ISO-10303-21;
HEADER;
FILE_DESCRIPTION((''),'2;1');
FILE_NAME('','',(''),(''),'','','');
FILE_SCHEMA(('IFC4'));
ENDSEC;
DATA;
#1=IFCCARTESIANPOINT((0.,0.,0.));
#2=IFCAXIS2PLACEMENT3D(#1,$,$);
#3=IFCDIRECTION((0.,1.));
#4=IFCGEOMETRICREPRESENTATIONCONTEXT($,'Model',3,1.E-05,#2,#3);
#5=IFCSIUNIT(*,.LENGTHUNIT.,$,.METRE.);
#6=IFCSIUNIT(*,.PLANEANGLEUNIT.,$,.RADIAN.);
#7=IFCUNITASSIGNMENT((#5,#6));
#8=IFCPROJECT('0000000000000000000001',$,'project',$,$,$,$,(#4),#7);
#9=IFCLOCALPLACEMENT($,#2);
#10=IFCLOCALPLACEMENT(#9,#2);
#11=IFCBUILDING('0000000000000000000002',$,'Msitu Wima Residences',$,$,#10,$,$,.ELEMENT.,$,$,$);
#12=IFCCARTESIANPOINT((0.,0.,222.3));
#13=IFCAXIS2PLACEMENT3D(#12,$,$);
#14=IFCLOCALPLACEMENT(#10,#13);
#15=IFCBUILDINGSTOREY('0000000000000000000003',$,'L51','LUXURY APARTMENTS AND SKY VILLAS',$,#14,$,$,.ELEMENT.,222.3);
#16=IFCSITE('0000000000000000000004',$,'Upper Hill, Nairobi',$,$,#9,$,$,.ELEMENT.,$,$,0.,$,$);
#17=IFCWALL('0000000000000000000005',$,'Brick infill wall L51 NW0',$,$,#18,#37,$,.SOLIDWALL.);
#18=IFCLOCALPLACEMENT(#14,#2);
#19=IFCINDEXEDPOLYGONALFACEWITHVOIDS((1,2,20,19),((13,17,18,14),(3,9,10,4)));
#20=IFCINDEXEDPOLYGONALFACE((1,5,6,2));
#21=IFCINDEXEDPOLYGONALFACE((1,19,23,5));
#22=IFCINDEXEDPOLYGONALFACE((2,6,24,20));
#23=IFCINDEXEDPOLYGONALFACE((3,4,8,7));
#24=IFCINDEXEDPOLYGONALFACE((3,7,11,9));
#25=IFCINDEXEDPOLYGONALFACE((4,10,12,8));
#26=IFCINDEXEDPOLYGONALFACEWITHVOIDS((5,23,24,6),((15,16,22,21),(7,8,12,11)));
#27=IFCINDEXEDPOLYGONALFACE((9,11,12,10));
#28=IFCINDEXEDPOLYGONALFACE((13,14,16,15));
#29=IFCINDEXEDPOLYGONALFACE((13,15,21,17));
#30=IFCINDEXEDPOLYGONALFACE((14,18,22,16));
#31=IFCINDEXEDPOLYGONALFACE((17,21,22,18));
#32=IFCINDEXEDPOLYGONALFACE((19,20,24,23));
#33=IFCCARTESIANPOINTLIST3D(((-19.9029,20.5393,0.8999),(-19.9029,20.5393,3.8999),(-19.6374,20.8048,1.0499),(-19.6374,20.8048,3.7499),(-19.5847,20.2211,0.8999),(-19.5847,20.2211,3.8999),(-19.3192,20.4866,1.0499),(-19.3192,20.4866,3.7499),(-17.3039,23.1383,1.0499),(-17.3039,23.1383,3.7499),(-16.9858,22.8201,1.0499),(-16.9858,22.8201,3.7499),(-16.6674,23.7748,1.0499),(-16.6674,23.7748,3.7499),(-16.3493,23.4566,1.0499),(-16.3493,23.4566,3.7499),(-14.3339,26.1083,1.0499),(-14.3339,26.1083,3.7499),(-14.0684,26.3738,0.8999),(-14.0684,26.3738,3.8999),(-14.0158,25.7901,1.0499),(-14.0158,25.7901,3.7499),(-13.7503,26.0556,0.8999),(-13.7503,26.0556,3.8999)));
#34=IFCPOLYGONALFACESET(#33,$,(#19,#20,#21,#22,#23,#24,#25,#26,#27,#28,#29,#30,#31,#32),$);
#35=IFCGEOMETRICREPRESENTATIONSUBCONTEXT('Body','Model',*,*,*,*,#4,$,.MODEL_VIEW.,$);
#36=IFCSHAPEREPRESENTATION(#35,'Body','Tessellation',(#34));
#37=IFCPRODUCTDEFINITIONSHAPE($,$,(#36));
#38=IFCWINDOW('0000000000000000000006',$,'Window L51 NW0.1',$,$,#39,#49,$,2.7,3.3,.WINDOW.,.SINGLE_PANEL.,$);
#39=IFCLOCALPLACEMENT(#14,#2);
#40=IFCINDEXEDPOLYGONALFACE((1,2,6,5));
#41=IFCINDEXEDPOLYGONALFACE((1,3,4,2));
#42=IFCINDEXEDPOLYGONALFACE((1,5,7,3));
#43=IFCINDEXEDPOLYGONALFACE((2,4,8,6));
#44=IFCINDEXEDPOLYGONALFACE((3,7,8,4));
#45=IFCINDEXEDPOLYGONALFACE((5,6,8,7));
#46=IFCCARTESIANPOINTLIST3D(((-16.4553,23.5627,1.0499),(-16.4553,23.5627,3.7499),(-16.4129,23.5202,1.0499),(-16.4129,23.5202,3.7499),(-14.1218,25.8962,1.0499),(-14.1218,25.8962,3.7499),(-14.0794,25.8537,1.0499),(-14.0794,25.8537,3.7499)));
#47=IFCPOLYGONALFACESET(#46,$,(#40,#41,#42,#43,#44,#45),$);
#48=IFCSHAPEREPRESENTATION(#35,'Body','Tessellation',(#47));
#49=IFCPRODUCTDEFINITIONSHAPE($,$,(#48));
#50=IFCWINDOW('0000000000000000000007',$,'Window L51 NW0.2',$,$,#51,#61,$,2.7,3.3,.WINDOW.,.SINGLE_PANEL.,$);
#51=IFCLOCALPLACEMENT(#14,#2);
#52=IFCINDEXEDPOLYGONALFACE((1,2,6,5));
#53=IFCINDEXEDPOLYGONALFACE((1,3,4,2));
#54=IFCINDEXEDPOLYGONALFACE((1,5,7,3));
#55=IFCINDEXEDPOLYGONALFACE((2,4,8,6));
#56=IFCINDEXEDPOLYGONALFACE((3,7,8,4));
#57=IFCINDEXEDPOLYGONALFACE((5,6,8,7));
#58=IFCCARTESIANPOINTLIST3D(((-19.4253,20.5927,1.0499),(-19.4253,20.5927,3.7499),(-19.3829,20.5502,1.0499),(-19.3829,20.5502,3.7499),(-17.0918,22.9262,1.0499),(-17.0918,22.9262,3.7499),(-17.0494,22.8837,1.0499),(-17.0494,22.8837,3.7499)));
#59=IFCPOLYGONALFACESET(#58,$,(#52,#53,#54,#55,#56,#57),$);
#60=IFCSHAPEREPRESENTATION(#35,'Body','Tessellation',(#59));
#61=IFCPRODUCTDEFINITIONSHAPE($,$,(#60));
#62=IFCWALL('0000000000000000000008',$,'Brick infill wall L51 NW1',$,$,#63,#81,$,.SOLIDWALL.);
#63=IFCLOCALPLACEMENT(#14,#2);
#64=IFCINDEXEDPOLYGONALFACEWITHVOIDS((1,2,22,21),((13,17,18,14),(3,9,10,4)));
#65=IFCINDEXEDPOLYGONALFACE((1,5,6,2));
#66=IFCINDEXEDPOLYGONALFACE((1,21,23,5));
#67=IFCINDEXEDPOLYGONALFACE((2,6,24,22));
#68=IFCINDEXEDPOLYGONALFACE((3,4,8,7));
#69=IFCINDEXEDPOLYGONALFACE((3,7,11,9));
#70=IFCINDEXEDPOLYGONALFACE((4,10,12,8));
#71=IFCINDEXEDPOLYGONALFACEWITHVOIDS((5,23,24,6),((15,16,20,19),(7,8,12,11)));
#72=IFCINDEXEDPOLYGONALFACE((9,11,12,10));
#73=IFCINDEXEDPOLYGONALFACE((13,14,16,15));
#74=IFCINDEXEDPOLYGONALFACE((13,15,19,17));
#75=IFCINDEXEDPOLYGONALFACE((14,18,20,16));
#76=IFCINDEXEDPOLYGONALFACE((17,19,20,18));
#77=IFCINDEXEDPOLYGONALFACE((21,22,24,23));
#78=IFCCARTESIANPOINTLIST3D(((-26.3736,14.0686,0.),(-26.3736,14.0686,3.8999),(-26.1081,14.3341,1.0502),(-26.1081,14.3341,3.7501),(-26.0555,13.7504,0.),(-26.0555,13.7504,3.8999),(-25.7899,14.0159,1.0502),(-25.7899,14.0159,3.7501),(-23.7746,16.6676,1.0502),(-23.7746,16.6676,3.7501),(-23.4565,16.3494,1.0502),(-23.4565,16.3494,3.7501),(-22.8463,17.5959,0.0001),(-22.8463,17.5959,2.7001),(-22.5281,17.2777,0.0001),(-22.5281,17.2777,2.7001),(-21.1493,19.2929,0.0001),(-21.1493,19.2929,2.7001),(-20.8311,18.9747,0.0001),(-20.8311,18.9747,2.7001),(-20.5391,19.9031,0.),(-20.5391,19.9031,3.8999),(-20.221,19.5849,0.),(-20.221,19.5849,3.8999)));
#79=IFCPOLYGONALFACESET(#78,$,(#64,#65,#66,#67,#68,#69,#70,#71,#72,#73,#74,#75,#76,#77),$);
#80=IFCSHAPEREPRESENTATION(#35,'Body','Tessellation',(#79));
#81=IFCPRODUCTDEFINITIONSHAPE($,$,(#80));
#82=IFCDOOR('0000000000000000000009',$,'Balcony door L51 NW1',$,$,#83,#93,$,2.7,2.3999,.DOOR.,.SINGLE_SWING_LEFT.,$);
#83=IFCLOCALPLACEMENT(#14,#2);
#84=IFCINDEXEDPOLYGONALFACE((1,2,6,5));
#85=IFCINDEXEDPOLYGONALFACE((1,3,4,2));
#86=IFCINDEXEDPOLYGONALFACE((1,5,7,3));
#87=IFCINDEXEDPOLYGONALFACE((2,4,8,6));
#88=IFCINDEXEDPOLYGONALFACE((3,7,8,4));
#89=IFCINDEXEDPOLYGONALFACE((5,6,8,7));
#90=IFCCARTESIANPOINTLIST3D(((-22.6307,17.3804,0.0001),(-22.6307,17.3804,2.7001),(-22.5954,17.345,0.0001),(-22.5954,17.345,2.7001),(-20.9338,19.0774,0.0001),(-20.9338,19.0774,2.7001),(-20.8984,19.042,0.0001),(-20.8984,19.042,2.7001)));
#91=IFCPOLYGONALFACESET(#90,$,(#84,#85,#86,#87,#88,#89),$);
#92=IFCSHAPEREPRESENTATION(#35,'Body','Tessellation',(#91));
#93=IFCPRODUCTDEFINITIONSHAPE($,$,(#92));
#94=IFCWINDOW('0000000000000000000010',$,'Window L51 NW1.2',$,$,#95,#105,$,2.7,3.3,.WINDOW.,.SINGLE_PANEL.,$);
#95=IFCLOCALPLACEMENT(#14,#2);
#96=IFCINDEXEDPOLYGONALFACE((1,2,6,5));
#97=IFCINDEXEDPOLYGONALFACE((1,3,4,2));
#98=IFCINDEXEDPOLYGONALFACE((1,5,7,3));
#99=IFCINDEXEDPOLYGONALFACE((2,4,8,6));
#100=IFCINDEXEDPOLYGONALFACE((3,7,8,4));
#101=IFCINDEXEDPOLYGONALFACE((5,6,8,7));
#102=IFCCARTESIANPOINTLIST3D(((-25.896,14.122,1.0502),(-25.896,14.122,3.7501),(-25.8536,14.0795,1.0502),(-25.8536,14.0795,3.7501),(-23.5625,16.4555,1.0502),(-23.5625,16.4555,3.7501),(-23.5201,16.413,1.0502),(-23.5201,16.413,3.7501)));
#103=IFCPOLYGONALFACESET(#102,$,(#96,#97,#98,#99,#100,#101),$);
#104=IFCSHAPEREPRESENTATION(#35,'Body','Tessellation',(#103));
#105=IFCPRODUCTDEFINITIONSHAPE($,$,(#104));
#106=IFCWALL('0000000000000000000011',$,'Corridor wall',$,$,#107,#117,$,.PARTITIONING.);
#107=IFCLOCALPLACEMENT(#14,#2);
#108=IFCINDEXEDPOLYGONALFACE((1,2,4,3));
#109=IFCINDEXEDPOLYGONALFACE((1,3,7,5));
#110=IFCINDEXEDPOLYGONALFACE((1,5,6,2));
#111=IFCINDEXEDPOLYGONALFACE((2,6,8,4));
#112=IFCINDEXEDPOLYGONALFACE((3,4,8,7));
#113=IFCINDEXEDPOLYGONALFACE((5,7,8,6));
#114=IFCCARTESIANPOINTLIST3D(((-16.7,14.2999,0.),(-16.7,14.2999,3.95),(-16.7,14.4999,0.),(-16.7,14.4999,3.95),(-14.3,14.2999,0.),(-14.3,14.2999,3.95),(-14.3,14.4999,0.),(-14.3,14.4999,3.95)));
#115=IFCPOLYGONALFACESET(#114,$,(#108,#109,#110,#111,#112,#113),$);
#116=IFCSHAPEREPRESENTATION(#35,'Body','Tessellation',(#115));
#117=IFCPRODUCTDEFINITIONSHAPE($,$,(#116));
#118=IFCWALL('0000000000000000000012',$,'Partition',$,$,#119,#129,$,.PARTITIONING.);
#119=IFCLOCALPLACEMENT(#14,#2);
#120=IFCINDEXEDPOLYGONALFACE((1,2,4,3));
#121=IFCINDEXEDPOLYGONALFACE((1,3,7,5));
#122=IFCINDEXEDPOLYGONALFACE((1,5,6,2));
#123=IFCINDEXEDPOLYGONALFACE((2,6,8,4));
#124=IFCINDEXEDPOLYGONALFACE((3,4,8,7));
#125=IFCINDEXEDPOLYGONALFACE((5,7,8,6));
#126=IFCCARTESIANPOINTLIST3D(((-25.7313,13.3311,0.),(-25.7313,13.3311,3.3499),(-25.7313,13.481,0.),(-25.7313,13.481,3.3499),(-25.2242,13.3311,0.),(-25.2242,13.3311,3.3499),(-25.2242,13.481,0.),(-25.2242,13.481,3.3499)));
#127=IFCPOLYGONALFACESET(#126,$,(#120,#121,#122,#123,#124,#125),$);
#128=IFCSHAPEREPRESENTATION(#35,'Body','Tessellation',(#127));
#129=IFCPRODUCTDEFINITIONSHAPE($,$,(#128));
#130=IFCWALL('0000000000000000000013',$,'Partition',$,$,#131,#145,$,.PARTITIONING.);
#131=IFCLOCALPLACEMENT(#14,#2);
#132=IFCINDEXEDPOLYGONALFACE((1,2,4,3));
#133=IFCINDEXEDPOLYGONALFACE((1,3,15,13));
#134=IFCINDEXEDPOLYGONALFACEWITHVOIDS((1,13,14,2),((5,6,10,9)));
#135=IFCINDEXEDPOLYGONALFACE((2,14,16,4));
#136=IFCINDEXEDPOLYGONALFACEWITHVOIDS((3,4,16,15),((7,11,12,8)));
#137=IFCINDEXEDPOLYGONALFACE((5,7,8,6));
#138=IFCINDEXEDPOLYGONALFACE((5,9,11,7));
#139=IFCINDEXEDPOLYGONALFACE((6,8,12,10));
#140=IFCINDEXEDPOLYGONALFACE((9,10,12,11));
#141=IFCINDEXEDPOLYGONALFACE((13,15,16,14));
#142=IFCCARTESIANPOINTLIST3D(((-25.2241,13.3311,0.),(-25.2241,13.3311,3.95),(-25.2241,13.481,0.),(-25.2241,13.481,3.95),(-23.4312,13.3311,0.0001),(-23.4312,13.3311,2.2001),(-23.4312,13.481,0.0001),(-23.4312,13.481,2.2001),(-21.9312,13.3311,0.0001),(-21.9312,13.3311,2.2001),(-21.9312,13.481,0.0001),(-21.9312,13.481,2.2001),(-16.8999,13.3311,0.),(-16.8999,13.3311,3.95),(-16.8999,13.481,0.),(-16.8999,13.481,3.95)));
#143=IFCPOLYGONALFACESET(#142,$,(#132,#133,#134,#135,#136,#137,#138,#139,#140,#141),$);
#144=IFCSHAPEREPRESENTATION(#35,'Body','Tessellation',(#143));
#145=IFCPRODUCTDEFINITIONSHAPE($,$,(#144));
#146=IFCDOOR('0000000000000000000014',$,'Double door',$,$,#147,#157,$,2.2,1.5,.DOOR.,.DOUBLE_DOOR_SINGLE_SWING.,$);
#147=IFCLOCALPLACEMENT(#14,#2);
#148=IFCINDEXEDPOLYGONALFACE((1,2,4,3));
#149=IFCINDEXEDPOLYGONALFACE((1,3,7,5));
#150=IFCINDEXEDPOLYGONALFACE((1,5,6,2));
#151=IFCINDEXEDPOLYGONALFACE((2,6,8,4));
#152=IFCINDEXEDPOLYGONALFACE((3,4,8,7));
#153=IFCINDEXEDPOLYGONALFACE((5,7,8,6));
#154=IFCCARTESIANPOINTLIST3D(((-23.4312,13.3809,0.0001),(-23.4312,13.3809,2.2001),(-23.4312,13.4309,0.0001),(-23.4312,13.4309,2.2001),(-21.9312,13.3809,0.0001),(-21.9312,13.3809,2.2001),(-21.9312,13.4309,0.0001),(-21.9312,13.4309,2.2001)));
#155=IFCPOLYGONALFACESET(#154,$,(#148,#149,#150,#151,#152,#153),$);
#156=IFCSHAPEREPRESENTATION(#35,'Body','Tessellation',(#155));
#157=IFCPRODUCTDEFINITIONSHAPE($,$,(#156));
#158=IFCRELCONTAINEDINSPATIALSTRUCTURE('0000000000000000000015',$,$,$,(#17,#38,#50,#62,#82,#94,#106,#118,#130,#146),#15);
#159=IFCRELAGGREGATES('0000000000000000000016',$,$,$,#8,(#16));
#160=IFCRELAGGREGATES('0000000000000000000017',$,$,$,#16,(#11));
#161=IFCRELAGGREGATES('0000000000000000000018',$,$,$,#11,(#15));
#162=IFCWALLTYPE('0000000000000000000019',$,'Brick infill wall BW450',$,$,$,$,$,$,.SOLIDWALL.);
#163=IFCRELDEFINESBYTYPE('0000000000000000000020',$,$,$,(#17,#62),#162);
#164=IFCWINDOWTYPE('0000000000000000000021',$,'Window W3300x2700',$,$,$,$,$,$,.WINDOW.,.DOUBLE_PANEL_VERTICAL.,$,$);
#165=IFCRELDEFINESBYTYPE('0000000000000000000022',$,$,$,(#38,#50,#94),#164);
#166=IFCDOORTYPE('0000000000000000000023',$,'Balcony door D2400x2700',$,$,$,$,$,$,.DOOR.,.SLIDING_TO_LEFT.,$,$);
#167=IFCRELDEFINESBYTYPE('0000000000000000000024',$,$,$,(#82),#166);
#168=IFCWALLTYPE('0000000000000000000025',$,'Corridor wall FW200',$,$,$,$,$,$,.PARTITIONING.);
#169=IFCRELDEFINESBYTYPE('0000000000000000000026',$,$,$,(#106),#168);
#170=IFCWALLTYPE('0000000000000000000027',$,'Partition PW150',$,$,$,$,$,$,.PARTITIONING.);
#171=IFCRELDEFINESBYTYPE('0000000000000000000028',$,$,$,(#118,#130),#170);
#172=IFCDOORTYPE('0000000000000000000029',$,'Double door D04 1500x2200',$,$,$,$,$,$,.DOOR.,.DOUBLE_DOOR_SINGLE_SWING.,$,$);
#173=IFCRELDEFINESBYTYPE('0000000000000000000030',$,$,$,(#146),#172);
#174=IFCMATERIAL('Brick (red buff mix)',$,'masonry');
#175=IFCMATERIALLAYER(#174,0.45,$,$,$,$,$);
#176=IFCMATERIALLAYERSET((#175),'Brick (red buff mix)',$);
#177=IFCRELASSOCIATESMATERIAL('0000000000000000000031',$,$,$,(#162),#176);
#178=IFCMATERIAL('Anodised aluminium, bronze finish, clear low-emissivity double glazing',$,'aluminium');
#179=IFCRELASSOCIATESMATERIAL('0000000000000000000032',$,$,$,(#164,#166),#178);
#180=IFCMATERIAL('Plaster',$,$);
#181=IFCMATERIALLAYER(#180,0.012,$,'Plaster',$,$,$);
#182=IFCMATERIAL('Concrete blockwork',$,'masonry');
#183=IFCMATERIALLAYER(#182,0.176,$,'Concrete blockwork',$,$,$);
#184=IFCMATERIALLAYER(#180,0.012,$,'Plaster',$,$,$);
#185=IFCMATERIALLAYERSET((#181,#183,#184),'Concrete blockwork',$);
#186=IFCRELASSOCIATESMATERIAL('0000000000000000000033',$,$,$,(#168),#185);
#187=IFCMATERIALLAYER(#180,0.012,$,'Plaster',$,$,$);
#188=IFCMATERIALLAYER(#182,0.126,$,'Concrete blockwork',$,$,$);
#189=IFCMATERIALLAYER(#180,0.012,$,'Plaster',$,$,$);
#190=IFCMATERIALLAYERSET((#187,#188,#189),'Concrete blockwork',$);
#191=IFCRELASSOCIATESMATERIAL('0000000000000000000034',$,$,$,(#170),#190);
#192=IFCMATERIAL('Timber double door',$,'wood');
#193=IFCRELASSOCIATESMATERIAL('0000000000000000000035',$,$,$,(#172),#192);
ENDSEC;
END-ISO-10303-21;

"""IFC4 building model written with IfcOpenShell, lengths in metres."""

from ifc_helpers import new_model, si_unit, direction, frame, frame_2d, origin, place, context, subcontext, project, spatial, rectangle, extrude, material, layer, layer_set, type_object, element, fill, save


model = new_model("IFC4")

# Units and contexts
model_context = context("Model", 3, precision=1e-05, world=origin(), true_north=direction((0.0, 1.0)))
body_context = subcontext(model_context, "Body", "Model", "MODEL_VIEW")
ifc_project = project(units=[si_unit("LENGTHUNIT", "METRE"), si_unit("PLANEANGLEUNIT", "RADIAN")], contexts=[model_context])

# Site, building, storey
site_placement = place(None, origin())
site = spatial("IfcSite", under=ifc_project, at=site_placement, Name="Upper Hill, Nairobi", CompositionType="ELEMENT", RefElevation=0.0)
building_placement = place(site_placement, origin())
building = spatial("IfcBuilding", under=site, at=building_placement, Name="Msitu Wima Residences", CompositionType="ELEMENT")
storey_placement = place(building_placement, frame((0.0, 0.0, 222.3)))
storey = spatial("IfcBuildingStorey", under=building, at=storey_placement, Name="L51", Description="LUXURY APARTMENTS AND SKY VILLAS", CompositionType="ELEMENT", Elevation=222.3)

# Wall, openings, windows
ifc_material_1 = material(Name="Brick (red buff mix)", Category="masonry")
ifc_layer_1 = layer(ifc_material_1, 0.45)
ifc_layer_set_1 = layer_set([ifc_layer_1], Name="Brick (red buff mix)")
wall_type_1 = type_object("IfcWallType", Name="Brick infill wall BW450", PredefinedType="SOLIDWALL", material=ifc_layer_set_1)
wall_1_placement = place(storey_placement, frame((-13.9094, 26.2146, 0.8999), z_axis=(0.0, 0.0, 1.0), x_axis=(-0.707107, -0.707107, 0.0)))
wall_1 = element("IfcWall", 1, at=wall_1_placement, inside=storey, type_object=wall_type_1, Name="Brick infill wall L51 NW0", PredefinedType="SOLIDWALL", context=body_context, shape_type="SweptSolid", body=[
    extrude(rectangle(XDim=8.2512, YDim=0.45, at=frame_2d((4.1255, 0.0))), origin(), (0.0, 0.0, 1.0), 3.0),
])
opening_1_placement = place(wall_1_placement, frame((0.3755, 0.0, 0.1499)))
opening_1 = element("IfcOpeningElement", 2, at=opening_1_placement, cuts=wall_1, PredefinedType="OPENING", context=body_context, shape_type="SweptSolid", body=[
    extrude(rectangle(XDim=3.3, YDim=2.7, at=frame_2d((1.6499, 1.3501))), frame((0.0, 0.2349, 0.0), z_axis=(0.0, -1.0, 0.0), x_axis=(1.0, 0.0, 0.0)), (0.0, 0.0, 1.0), 0.47),
])
opening_2_placement = place(wall_1_placement, frame((4.5757, 0.0, 0.1499)))
opening_2 = element("IfcOpeningElement", 3, at=opening_2_placement, cuts=wall_1, PredefinedType="OPENING", context=body_context, shape_type="SweptSolid", body=[
    extrude(rectangle(XDim=3.3, YDim=2.7, at=frame_2d((1.6499, 1.3501))), frame((0.0, 0.2349, 0.0), z_axis=(0.0, -1.0, 0.0), x_axis=(1.0, 0.0, 0.0)), (0.0, 0.0, 1.0), 0.47),
])
ifc_material_2 = material(Name="Anodised aluminium, bronze finish, clear low-emissivity double glazing", Category="aluminium")
window_type = type_object("IfcWindowType", Name="Window W3300x2700", PartitioningType="DOUBLE_PANEL_VERTICAL", PredefinedType="WINDOW", material=ifc_material_2)
window_1_placement = place(opening_1_placement, origin())
window_1 = element("IfcWindow", 4, at=window_1_placement, inside=storey, type_object=window_type, Name="Window L51 NW0.1", OverallHeight=2.7, OverallWidth=3.3, PartitioningType="SINGLE_PANEL", PredefinedType="WINDOW", context=body_context, shape_type="SweptSolid", body=[
    extrude(rectangle(XDim=3.3, YDim=2.7, at=frame_2d((1.6499, 1.3501))), frame((0.0, 0.135, 0.0), z_axis=(0.0, -1.0, 0.0), x_axis=(1.0, 0.0, 0.0)), (0.0, 0.0, 1.0), 0.0601),
])
fill(opening_1, window_1)
window_2_placement = place(opening_2_placement, origin())
window_2 = element("IfcWindow", 5, at=window_2_placement, inside=storey, type_object=window_type, Name="Window L51 NW0.2", OverallHeight=2.7, OverallWidth=3.3, PartitioningType="SINGLE_PANEL", PredefinedType="WINDOW", context=body_context, shape_type="SweptSolid", body=[
    extrude(rectangle(XDim=3.3, YDim=2.7, at=frame_2d((1.6499, 1.3501))), frame((0.0, 0.135, 0.0), z_axis=(0.0, -1.0, 0.0), x_axis=(1.0, 0.0, 0.0)), (0.0, 0.0, 1.0), 0.0601),
])
fill(opening_2, window_2)

# Wall, openings, door, window
wall_2_placement = place(storey_placement, frame((-20.3801, 19.7439, 0.0), z_axis=(0.0, 0.0, 1.0), x_axis=(-0.707107, -0.707107, 0.0)))
wall_2 = element("IfcWall", 6, at=wall_2_placement, inside=storey, type_object=wall_type_1, Name="Brick infill wall L51 NW1", PredefinedType="SOLIDWALL", context=body_context, shape_type="SweptSolid", body=[
    extrude(rectangle(XDim=8.2512, YDim=0.45, at=frame_2d((4.1255, 0.0))), origin(), (0.0, 0.0, 1.0), 3.8999),
])
opening_3_placement = place(wall_2_placement, frame((0.8628, 0.0, 0.0)))
opening_3 = element("IfcOpeningElement", 7, at=opening_3_placement, cuts=wall_2, PredefinedType="OPENING", context=body_context, shape_type="SweptSolid", body=[
    extrude(rectangle(XDim=2.3999, YDim=2.7, at=frame_2d((1.2, 1.3501))), frame((0.0, 0.2349, 0.0), z_axis=(0.0, -1.0, 0.0), x_axis=(1.0, 0.0, 0.0)), (0.0, 0.0, 1.0), 0.47),
])
opening_4_placement = place(wall_2_placement, frame((4.5757, 0.0, 1.05)))
opening_4 = element("IfcOpeningElement", 8, at=opening_4_placement, cuts=wall_2, PredefinedType="OPENING", context=body_context, shape_type="SweptSolid", body=[
    extrude(rectangle(XDim=3.3, YDim=2.7, at=frame_2d((1.6499, 1.3501))), frame((0.0, 0.2349, 0.0), z_axis=(0.0, -1.0, 0.0), x_axis=(1.0, 0.0, 0.0)), (0.0, 0.0, 1.0), 0.47),
])
door_type_1 = type_object("IfcDoorType", Name="Balcony door D2400x2700", OperationType="SLIDING_TO_LEFT", PredefinedType="DOOR", material=ifc_material_2)
door_1_placement = place(opening_3_placement, origin())
door_1 = element("IfcDoor", 9, at=door_1_placement, inside=storey, type_object=door_type_1, Name="Balcony door L51 NW1", OperationType="SINGLE_SWING_LEFT", OverallHeight=2.7, OverallWidth=2.3999, PredefinedType="DOOR", context=body_context, shape_type="SweptSolid", body=[
    extrude(rectangle(XDim=2.3999, YDim=2.7, at=frame_2d((1.2, 1.3501))), frame((0.0, 0.1299, 0.0), z_axis=(0.0, -1.0, 0.0), x_axis=(1.0, 0.0, 0.0)), (0.0, 0.0, 1.0), 0.05),
])
fill(opening_3, door_1)
window_3_placement = place(opening_4_placement, origin())
window_3 = element("IfcWindow", 10, at=window_3_placement, inside=storey, type_object=window_type, Name="Window L51 NW1.2", OverallHeight=2.7, OverallWidth=3.3, PartitioningType="SINGLE_PANEL", PredefinedType="WINDOW", context=body_context, shape_type="SweptSolid", body=[
    extrude(rectangle(XDim=3.3, YDim=2.7, at=frame_2d((1.6499, 1.3501))), frame((0.0, 0.135, 0.0), z_axis=(0.0, -1.0, 0.0), x_axis=(1.0, 0.0, 0.0)), (0.0, 0.0, 1.0), 0.0601),
])
fill(opening_4, window_3)

# Walls
ifc_material_3 = material(Name="Plaster")
ifc_layer_2 = layer(ifc_material_3, 0.012, Name="Plaster")
ifc_material_4 = material(Name="Concrete blockwork", Category="masonry")
ifc_layer_3 = layer(ifc_material_4, 0.176, Name="Concrete blockwork")
ifc_layer_4 = layer(ifc_material_3, 0.012, Name="Plaster")
ifc_layer_set_2 = layer_set([ifc_layer_2, ifc_layer_3, ifc_layer_4], Name="Concrete blockwork")
wall_type_2 = type_object("IfcWallType", Name="Corridor wall FW200", PredefinedType="PARTITIONING", material=ifc_layer_set_2)
wall_3_placement = place(storey_placement, frame((-16.7, 14.3999, 0.0), z_axis=(0.0, 0.0, 1.0), x_axis=(1.0, 0.0, 0.0)))
element("IfcWall", 11, at=wall_3_placement, inside=storey, type_object=wall_type_2, Name="Corridor wall", PredefinedType="PARTITIONING", context=body_context, shape_type="SweptSolid", body=[
    extrude(rectangle(XDim=2.3999, YDim=0.2, at=frame_2d((1.2, 0.0))), origin(), (0.0, 0.0, 1.0), 3.95),
])
ifc_layer_5 = layer(ifc_material_3, 0.012, Name="Plaster")
ifc_layer_6 = layer(ifc_material_4, 0.126, Name="Concrete blockwork")
ifc_layer_7 = layer(ifc_material_3, 0.012, Name="Plaster")
ifc_layer_set_3 = layer_set([ifc_layer_5, ifc_layer_6, ifc_layer_7], Name="Concrete blockwork")
wall_type_3 = type_object("IfcWallType", Name="Partition PW150", PredefinedType="PARTITIONING", material=ifc_layer_set_3)
wall_4_placement = place(storey_placement, frame((-25.7312, 13.406, 0.0), z_axis=(0.0, 0.0, 1.0), x_axis=(1.0, 0.0, 0.0)))
element("IfcWall", 12, at=wall_4_placement, inside=storey, type_object=wall_type_3, Name="Partition", PredefinedType="PARTITIONING", context=body_context, shape_type="SweptSolid", body=[
    extrude(rectangle(XDim=0.5071, YDim=0.1499, at=frame_2d((0.2534, 0.0))), origin(), (0.0, 0.0, 1.0), 3.3499),
])

# Wall, opening, door
wall_5_placement = place(storey_placement, frame((-25.2241, 13.406, 0.0), z_axis=(0.0, 0.0, 1.0), x_axis=(1.0, 0.0, 0.0)))
wall_5 = element("IfcWall", 13, at=wall_5_placement, inside=storey, type_object=wall_type_3, Name="Partition", PredefinedType="PARTITIONING", context=body_context, shape_type="SweptSolid", body=[
    extrude(rectangle(XDim=8.3242, YDim=0.1499, at=frame_2d((4.1621, 0.0))), origin(), (0.0, 0.0, 1.0), 3.95),
])
opening_5_placement = place(wall_5_placement, frame((1.793, 0.0, 0.0)))
opening_5 = element("IfcOpeningElement", 14, at=opening_5_placement, cuts=wall_5, PredefinedType="OPENING", context=body_context, shape_type="SweptSolid", body=[
    extrude(rectangle(XDim=1.5, YDim=2.2, at=frame_2d((0.75, 1.1001))), frame((0.0, 0.085, 0.0), z_axis=(0.0, -1.0, 0.0), x_axis=(1.0, 0.0, 0.0)), (0.0, 0.0, 1.0), 0.1699),
])
ifc_material_5 = material(Name="Timber double door", Category="wood")
door_type_2 = type_object("IfcDoorType", Name="Double door D04 1500x2200", OperationType="DOUBLE_DOOR_SINGLE_SWING", PredefinedType="DOOR", material=ifc_material_5)
door_2_placement = place(opening_5_placement, origin())
door_2 = element("IfcDoor", 15, at=door_2_placement, inside=storey, type_object=door_type_2, Name="Double door", OperationType="DOUBLE_DOOR_SINGLE_SWING", OverallHeight=2.2, OverallWidth=1.5, PredefinedType="DOOR", context=body_context, shape_type="SweptSolid", body=[
    extrude(rectangle(XDim=1.5, YDim=2.2, at=frame_2d((0.75, 1.1001))), frame((0.0, 0.0249, 0.0), z_axis=(0.0, -1.0, 0.0), x_axis=(1.0, 0.0, 0.0)), (0.0, 0.0, 1.0), 0.05),
])
fill(opening_5, door_2)

save(model, "model.ifc")
